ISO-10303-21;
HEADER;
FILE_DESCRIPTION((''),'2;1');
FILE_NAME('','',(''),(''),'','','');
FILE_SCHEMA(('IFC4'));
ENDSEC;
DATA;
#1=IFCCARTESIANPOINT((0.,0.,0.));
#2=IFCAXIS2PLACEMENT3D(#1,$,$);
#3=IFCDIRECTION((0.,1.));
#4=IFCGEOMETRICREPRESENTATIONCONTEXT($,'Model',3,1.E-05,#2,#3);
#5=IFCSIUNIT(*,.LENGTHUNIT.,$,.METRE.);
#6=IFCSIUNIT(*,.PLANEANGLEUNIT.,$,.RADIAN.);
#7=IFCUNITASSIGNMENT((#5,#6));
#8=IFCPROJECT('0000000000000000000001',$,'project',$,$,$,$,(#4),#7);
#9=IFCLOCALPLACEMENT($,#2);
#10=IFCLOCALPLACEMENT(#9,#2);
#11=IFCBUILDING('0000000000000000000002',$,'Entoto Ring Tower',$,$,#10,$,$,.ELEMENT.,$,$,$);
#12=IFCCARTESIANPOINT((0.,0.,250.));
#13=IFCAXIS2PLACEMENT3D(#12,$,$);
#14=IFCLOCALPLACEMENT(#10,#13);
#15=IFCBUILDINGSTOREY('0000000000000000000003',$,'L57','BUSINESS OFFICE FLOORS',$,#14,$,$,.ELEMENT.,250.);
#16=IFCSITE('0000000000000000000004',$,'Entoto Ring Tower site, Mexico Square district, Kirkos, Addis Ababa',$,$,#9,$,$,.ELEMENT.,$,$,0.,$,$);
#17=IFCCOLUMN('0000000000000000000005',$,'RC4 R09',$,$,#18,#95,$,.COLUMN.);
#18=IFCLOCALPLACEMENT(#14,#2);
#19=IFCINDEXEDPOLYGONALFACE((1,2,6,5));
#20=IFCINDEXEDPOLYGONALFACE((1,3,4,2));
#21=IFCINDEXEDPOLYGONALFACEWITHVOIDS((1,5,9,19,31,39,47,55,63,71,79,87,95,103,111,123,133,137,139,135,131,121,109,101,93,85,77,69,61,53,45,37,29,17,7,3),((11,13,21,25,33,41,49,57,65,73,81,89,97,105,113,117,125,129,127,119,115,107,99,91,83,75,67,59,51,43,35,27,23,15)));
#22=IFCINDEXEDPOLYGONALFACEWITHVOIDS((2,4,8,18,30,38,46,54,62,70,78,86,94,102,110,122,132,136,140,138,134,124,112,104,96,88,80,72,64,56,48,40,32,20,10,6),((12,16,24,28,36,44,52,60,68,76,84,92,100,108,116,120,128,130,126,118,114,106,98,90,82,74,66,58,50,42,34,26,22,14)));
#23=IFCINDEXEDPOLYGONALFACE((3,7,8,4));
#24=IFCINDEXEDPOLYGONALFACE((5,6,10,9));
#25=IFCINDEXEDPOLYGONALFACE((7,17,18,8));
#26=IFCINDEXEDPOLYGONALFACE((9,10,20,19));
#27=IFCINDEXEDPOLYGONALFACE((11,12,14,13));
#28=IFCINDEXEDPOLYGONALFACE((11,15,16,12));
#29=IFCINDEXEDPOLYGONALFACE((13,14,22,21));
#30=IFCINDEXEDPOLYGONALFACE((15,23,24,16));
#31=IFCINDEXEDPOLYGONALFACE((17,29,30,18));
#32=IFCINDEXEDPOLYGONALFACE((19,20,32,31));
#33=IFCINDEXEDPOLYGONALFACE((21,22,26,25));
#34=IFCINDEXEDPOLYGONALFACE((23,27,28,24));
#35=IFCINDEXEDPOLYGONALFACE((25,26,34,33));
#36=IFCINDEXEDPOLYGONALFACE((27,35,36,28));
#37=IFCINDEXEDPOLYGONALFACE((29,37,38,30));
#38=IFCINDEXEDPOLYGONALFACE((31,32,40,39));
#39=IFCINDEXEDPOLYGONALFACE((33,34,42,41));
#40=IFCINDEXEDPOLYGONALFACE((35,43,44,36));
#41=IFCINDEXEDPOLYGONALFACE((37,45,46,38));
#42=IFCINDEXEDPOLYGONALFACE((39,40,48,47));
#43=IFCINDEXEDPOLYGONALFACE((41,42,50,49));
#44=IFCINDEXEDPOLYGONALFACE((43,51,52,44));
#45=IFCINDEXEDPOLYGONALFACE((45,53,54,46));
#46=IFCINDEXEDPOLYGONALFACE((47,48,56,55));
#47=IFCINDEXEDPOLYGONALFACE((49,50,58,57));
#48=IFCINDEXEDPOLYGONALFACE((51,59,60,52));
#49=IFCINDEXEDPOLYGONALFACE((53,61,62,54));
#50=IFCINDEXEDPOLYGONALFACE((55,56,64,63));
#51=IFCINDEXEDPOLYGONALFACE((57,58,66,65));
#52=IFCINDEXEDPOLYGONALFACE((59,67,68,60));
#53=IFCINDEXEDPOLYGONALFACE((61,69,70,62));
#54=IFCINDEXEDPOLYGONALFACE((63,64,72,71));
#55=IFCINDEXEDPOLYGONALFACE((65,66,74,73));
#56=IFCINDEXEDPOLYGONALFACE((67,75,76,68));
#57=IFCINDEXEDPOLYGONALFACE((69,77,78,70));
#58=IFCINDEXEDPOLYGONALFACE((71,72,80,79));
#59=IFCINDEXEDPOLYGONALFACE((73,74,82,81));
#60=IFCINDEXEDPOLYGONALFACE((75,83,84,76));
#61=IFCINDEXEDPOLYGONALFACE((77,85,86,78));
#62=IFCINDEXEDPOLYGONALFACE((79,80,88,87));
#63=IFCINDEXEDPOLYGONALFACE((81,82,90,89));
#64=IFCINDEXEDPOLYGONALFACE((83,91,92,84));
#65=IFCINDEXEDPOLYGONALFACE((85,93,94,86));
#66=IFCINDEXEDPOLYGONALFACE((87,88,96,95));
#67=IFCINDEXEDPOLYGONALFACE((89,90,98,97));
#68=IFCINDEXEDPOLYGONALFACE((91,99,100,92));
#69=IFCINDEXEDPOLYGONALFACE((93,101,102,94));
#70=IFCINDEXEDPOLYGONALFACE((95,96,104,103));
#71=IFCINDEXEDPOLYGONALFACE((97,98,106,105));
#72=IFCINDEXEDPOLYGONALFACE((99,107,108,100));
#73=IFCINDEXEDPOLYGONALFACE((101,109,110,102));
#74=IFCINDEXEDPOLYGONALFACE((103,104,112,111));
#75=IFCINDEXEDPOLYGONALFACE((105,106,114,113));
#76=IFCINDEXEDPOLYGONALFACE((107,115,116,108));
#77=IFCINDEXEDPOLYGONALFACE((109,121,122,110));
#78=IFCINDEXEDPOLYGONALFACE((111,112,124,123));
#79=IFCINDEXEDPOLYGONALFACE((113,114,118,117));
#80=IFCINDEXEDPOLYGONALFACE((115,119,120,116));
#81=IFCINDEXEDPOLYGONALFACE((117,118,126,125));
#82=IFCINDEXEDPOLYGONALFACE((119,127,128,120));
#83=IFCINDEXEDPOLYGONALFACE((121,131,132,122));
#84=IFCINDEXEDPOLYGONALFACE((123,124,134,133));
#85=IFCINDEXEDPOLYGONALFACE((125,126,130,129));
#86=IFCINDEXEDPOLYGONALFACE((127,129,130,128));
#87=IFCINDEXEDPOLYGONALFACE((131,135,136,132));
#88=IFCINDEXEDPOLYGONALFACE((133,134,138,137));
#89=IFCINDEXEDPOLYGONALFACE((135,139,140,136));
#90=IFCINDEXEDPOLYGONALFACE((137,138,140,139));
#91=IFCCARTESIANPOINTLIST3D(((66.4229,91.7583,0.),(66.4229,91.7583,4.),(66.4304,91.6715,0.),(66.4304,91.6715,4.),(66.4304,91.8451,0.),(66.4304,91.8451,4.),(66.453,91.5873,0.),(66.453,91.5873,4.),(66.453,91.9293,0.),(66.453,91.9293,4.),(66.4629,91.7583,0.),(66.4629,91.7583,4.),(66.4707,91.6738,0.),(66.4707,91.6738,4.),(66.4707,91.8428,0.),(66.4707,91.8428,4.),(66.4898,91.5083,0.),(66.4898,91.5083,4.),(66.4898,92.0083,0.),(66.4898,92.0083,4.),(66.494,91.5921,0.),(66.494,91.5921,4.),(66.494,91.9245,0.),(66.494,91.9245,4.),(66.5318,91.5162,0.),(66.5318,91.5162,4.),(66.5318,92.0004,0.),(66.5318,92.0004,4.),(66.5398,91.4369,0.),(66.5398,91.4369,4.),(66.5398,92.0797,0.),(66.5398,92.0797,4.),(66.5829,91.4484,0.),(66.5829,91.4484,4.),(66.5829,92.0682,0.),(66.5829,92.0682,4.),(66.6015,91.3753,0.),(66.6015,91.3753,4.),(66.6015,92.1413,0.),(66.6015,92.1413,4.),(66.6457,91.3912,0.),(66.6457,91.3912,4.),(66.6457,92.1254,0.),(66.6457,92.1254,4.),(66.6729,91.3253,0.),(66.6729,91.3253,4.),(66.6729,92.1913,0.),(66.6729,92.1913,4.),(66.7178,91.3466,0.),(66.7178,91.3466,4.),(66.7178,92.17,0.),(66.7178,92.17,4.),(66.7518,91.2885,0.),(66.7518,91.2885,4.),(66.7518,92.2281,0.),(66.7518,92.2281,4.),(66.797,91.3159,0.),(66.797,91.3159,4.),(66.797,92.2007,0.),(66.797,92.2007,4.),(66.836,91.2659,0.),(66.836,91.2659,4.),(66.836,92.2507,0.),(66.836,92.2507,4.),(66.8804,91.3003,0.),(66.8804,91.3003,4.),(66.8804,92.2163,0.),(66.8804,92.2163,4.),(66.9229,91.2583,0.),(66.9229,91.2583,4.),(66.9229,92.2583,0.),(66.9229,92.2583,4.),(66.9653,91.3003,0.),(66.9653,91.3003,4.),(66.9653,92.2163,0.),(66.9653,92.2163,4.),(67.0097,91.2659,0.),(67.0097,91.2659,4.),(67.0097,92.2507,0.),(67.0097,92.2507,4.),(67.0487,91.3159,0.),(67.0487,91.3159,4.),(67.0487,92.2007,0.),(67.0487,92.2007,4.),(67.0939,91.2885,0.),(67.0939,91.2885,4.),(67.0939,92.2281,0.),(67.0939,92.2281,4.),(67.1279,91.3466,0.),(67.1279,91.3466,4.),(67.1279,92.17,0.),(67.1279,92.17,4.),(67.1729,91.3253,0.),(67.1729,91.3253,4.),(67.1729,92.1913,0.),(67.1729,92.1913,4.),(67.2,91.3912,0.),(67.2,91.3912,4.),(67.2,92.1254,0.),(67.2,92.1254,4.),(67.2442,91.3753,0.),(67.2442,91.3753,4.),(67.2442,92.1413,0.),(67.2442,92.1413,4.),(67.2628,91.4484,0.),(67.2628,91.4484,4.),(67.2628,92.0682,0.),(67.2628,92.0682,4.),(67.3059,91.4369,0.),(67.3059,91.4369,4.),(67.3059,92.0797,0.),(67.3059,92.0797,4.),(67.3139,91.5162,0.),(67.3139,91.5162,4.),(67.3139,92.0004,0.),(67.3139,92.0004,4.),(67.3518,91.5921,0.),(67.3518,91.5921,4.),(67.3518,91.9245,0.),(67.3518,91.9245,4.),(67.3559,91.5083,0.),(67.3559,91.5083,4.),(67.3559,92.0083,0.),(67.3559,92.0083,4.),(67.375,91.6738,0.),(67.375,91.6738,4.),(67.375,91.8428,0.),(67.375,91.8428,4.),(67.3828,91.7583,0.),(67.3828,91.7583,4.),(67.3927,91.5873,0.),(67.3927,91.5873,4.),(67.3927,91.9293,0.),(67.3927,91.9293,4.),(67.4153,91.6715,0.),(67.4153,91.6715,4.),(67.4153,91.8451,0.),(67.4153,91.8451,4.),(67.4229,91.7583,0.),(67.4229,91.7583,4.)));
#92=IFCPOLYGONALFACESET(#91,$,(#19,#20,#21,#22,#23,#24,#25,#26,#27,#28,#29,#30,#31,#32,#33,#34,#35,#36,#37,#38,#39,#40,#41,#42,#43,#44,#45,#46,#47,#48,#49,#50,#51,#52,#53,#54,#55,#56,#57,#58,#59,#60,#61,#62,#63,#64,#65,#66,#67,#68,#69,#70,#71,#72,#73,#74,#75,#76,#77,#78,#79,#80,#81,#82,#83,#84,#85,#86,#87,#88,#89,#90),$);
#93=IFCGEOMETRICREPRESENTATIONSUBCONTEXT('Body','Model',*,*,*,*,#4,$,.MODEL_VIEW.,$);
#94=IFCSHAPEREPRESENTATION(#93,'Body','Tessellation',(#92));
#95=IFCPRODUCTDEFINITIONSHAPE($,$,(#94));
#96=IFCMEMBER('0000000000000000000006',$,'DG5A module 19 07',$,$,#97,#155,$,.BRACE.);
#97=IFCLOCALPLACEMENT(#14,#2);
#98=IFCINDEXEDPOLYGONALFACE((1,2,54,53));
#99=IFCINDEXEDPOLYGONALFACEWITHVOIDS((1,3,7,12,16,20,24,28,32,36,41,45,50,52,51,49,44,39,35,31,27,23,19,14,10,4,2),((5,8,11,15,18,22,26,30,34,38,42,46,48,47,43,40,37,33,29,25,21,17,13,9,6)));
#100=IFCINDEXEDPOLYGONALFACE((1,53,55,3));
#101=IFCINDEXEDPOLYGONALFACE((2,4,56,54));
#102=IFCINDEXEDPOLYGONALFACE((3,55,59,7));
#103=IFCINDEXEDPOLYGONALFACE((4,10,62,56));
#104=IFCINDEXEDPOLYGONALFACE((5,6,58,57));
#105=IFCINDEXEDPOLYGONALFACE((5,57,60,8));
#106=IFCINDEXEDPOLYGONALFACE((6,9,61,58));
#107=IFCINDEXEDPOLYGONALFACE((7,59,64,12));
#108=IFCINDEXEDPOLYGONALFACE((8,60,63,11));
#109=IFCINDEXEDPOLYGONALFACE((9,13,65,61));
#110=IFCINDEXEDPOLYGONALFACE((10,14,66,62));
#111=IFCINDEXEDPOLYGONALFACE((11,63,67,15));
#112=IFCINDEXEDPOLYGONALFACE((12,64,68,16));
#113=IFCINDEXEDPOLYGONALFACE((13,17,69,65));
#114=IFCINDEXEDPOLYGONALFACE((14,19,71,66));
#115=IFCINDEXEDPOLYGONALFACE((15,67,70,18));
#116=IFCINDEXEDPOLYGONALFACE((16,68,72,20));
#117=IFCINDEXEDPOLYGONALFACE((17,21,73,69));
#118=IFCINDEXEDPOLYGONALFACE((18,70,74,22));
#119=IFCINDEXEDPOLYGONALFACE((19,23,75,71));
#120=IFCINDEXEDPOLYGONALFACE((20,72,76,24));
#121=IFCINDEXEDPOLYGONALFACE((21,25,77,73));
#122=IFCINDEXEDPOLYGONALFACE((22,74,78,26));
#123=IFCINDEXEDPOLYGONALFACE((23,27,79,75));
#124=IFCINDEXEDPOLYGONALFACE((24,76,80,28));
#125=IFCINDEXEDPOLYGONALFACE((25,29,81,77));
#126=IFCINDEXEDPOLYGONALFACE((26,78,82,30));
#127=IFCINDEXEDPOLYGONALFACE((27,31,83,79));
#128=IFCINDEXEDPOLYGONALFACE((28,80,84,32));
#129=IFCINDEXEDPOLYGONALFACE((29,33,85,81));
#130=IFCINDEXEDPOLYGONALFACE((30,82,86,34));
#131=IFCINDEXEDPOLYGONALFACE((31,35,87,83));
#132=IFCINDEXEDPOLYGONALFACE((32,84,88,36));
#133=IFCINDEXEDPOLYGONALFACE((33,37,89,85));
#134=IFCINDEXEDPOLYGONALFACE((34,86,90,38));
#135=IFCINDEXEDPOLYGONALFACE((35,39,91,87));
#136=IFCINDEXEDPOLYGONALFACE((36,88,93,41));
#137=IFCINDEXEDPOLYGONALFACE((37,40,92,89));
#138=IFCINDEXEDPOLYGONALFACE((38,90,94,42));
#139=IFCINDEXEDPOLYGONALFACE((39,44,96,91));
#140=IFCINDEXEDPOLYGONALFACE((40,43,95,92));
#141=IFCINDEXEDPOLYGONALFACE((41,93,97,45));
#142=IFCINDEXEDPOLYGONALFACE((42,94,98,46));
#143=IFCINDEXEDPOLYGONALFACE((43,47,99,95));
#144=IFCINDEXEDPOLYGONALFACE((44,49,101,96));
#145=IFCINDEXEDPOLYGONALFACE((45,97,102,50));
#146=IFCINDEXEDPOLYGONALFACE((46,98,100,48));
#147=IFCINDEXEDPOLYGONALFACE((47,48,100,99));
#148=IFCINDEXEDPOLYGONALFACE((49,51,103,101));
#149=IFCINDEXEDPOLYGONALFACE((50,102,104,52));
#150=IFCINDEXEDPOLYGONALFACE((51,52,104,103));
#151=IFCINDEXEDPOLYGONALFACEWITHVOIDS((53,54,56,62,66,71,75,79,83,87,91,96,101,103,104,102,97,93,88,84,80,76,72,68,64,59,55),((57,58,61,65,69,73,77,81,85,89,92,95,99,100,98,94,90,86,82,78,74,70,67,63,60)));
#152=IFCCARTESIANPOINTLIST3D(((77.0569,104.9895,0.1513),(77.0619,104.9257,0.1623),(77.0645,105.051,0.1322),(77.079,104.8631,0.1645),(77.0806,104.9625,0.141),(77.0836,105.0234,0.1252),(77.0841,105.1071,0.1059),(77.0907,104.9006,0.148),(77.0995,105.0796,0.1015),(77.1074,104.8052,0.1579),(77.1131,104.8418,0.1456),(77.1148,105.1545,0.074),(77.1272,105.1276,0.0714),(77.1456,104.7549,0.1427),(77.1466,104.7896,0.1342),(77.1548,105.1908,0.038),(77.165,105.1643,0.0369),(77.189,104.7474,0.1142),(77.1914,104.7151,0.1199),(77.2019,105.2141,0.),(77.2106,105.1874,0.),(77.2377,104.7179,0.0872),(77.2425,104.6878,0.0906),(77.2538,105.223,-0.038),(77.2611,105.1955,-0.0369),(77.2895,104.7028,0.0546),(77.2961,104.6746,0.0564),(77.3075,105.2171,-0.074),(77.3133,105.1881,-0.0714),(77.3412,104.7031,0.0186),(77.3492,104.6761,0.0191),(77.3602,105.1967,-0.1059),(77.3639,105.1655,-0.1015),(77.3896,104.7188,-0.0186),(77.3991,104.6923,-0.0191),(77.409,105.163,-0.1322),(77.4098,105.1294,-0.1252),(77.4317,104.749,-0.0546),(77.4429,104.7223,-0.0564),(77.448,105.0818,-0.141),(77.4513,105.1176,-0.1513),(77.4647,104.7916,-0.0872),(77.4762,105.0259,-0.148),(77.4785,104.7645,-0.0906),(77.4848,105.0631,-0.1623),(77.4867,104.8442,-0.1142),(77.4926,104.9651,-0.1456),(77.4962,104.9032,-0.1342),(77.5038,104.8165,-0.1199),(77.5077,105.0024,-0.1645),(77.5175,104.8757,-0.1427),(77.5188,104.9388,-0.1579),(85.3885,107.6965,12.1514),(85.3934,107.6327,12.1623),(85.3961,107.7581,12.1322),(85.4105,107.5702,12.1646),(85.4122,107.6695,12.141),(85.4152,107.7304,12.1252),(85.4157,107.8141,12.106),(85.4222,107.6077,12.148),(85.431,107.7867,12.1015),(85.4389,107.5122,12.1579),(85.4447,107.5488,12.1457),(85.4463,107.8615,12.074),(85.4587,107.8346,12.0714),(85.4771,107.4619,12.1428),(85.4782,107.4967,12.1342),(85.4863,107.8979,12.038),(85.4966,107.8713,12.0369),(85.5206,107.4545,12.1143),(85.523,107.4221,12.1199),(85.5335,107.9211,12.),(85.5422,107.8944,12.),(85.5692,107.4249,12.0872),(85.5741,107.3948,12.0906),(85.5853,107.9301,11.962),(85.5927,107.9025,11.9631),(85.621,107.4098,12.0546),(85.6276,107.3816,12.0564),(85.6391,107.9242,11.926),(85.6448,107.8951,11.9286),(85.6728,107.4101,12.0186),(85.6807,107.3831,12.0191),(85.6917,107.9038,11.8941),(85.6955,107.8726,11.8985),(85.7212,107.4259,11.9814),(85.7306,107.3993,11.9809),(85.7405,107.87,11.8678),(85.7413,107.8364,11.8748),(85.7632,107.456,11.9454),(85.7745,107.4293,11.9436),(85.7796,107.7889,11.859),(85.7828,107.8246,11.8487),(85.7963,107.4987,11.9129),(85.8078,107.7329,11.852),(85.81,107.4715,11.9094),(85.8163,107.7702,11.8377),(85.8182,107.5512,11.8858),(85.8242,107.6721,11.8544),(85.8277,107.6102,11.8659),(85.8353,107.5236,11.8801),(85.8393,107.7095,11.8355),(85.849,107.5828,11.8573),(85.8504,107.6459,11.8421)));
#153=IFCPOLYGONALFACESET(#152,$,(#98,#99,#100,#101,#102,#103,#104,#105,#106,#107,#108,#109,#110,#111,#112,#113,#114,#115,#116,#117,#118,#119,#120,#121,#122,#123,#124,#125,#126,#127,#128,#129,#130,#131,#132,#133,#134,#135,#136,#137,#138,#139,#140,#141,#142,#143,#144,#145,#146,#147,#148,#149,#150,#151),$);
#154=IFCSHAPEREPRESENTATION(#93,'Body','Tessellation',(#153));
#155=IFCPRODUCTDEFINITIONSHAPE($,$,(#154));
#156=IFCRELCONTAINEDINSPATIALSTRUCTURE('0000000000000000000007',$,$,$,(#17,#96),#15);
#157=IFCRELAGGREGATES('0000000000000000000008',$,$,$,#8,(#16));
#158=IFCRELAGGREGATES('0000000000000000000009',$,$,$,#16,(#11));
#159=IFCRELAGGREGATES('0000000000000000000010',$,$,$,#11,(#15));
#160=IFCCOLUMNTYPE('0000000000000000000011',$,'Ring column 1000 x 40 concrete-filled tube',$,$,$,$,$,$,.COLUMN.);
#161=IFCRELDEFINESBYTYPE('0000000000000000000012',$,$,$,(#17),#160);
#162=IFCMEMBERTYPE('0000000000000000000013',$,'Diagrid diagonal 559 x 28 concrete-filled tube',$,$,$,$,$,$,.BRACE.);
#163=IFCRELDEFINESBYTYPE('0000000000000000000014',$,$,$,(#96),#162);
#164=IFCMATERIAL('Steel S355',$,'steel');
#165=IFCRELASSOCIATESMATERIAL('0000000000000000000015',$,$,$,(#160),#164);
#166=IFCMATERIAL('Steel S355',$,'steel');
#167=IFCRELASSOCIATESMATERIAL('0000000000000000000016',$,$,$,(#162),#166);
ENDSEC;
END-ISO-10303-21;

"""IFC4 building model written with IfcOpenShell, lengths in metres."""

from ifc_helpers import new_model, si_unit, direction, frame, origin, origin_2d, place, context, subcontext, project, spatial, circle, hollow_circle, extrude, material, material_profile, profile_set, type_object, element, save


model = new_model("IFC4")

# Units and contexts
model_context = context("Model", 3, precision=1e-05, world=origin(), true_north=direction((0.0, 1.0)))
body_context = subcontext(model_context, "Body", "Model", "MODEL_VIEW")
ifc_project = project(units=[si_unit("LENGTHUNIT", "METRE"), si_unit("PLANEANGLEUNIT", "RADIAN")], contexts=[model_context])

# Site, building, storey
site_placement = place(None, origin())
site = spatial("IfcSite", under=ifc_project, at=site_placement, Name="Entoto Ring Tower site, Mexico Square district, Kirkos, Addis Ababa", CompositionType="ELEMENT", RefElevation=0.0)
building_placement = place(site_placement, origin())
building = spatial("IfcBuilding", under=site, at=building_placement, Name="Entoto Ring Tower", CompositionType="ELEMENT")
storey_placement = place(building_placement, frame((0.0, 0.0, 250.0)))
storey = spatial("IfcBuildingStorey", under=building, at=storey_placement, Name="L57", Description="BUSINESS OFFICE FLOORS", CompositionType="ELEMENT", Elevation=250.0)

# Column
ifc_material_1 = material(Name="Steel S355", Category="steel")
ifc_material_profile_1 = material_profile(ifc_material_1, hollow_circle(Radius=0.5, WallThickness=0.04, at=origin_2d()), Name="CHS 1000 x 40")
ifc_material_2 = material(Name="Concrete C60/75", Category="concrete")
ifc_material_profile_2 = material_profile(ifc_material_2, circle(Radius=0.46, at=origin_2d()), Name="Concrete C60/75 infill")
ifc_profile_set_1 = profile_set([ifc_material_profile_1, ifc_material_profile_2], Name="Steel S355")
column_type = type_object("IfcColumnType", Name="Ring column 1000 x 40 concrete-filled tube", PredefinedType="COLUMN", material=ifc_profile_set_1)
for number, where, z_axis, x_axis, name in (
    (1, (66.9229, 91.7583, 0.0), (0.0, 0.0, 1.0), (1.0, 0.0, 0.0), "RC4 R09"),
):
    element("IfcColumn", number, at=place(storey_placement, frame(where, z_axis=z_axis, x_axis=x_axis)), inside=storey, type_object=column_type, Name=name, PredefinedType="COLUMN", context=body_context, shape_type="SweptSolid", body=[
        extrude(hollow_circle(Radius=0.5, WallThickness=0.04, at=origin_2d()), origin(), (0.0, 0.0, 1.0), 4.0),
    ])

# Member
ifc_material_3 = material(Name="Steel S355", Category="steel")
ifc_material_profile_3 = material_profile(ifc_material_3, hollow_circle(Radius=0.2795, WallThickness=0.0281, at=origin_2d()), Name="CHS 559 x 28")
ifc_material_4 = material(Name="Concrete C60/75", Category="concrete")
ifc_material_profile_4 = material_profile(ifc_material_4, circle(Radius=0.2515, at=origin_2d()), Name="Concrete C60/75 infill")
ifc_profile_set_2 = profile_set([ifc_material_profile_3, ifc_material_profile_4], Name="Steel S355")
member_type_1 = type_object("IfcMemberType", Name="Diagrid diagonal 559 x 28 concrete-filled tube", PredefinedType="BRACE", material=ifc_profile_set_2)
for number, where, z_axis, x_axis, name in (
    (2, (77.2883, 104.9482, 0.0), (0.560767, 0.182201, 0.807678), (-0.309012, 0.951058, 0.0), "DG5A module 19 07"),
):
    element("IfcMember", number, at=place(storey_placement, frame(where, z_axis=z_axis, x_axis=x_axis)), inside=storey, type_object=member_type_1, Name=name, PredefinedType="BRACE", context=body_context, shape_type="SweptSolid", body=[
        extrude(hollow_circle(Radius=0.2795, WallThickness=0.0281, at=origin_2d()), origin(), (0.0, 0.0, 1.0), 14.8574),
    ])

save(model, "model.ifc")
